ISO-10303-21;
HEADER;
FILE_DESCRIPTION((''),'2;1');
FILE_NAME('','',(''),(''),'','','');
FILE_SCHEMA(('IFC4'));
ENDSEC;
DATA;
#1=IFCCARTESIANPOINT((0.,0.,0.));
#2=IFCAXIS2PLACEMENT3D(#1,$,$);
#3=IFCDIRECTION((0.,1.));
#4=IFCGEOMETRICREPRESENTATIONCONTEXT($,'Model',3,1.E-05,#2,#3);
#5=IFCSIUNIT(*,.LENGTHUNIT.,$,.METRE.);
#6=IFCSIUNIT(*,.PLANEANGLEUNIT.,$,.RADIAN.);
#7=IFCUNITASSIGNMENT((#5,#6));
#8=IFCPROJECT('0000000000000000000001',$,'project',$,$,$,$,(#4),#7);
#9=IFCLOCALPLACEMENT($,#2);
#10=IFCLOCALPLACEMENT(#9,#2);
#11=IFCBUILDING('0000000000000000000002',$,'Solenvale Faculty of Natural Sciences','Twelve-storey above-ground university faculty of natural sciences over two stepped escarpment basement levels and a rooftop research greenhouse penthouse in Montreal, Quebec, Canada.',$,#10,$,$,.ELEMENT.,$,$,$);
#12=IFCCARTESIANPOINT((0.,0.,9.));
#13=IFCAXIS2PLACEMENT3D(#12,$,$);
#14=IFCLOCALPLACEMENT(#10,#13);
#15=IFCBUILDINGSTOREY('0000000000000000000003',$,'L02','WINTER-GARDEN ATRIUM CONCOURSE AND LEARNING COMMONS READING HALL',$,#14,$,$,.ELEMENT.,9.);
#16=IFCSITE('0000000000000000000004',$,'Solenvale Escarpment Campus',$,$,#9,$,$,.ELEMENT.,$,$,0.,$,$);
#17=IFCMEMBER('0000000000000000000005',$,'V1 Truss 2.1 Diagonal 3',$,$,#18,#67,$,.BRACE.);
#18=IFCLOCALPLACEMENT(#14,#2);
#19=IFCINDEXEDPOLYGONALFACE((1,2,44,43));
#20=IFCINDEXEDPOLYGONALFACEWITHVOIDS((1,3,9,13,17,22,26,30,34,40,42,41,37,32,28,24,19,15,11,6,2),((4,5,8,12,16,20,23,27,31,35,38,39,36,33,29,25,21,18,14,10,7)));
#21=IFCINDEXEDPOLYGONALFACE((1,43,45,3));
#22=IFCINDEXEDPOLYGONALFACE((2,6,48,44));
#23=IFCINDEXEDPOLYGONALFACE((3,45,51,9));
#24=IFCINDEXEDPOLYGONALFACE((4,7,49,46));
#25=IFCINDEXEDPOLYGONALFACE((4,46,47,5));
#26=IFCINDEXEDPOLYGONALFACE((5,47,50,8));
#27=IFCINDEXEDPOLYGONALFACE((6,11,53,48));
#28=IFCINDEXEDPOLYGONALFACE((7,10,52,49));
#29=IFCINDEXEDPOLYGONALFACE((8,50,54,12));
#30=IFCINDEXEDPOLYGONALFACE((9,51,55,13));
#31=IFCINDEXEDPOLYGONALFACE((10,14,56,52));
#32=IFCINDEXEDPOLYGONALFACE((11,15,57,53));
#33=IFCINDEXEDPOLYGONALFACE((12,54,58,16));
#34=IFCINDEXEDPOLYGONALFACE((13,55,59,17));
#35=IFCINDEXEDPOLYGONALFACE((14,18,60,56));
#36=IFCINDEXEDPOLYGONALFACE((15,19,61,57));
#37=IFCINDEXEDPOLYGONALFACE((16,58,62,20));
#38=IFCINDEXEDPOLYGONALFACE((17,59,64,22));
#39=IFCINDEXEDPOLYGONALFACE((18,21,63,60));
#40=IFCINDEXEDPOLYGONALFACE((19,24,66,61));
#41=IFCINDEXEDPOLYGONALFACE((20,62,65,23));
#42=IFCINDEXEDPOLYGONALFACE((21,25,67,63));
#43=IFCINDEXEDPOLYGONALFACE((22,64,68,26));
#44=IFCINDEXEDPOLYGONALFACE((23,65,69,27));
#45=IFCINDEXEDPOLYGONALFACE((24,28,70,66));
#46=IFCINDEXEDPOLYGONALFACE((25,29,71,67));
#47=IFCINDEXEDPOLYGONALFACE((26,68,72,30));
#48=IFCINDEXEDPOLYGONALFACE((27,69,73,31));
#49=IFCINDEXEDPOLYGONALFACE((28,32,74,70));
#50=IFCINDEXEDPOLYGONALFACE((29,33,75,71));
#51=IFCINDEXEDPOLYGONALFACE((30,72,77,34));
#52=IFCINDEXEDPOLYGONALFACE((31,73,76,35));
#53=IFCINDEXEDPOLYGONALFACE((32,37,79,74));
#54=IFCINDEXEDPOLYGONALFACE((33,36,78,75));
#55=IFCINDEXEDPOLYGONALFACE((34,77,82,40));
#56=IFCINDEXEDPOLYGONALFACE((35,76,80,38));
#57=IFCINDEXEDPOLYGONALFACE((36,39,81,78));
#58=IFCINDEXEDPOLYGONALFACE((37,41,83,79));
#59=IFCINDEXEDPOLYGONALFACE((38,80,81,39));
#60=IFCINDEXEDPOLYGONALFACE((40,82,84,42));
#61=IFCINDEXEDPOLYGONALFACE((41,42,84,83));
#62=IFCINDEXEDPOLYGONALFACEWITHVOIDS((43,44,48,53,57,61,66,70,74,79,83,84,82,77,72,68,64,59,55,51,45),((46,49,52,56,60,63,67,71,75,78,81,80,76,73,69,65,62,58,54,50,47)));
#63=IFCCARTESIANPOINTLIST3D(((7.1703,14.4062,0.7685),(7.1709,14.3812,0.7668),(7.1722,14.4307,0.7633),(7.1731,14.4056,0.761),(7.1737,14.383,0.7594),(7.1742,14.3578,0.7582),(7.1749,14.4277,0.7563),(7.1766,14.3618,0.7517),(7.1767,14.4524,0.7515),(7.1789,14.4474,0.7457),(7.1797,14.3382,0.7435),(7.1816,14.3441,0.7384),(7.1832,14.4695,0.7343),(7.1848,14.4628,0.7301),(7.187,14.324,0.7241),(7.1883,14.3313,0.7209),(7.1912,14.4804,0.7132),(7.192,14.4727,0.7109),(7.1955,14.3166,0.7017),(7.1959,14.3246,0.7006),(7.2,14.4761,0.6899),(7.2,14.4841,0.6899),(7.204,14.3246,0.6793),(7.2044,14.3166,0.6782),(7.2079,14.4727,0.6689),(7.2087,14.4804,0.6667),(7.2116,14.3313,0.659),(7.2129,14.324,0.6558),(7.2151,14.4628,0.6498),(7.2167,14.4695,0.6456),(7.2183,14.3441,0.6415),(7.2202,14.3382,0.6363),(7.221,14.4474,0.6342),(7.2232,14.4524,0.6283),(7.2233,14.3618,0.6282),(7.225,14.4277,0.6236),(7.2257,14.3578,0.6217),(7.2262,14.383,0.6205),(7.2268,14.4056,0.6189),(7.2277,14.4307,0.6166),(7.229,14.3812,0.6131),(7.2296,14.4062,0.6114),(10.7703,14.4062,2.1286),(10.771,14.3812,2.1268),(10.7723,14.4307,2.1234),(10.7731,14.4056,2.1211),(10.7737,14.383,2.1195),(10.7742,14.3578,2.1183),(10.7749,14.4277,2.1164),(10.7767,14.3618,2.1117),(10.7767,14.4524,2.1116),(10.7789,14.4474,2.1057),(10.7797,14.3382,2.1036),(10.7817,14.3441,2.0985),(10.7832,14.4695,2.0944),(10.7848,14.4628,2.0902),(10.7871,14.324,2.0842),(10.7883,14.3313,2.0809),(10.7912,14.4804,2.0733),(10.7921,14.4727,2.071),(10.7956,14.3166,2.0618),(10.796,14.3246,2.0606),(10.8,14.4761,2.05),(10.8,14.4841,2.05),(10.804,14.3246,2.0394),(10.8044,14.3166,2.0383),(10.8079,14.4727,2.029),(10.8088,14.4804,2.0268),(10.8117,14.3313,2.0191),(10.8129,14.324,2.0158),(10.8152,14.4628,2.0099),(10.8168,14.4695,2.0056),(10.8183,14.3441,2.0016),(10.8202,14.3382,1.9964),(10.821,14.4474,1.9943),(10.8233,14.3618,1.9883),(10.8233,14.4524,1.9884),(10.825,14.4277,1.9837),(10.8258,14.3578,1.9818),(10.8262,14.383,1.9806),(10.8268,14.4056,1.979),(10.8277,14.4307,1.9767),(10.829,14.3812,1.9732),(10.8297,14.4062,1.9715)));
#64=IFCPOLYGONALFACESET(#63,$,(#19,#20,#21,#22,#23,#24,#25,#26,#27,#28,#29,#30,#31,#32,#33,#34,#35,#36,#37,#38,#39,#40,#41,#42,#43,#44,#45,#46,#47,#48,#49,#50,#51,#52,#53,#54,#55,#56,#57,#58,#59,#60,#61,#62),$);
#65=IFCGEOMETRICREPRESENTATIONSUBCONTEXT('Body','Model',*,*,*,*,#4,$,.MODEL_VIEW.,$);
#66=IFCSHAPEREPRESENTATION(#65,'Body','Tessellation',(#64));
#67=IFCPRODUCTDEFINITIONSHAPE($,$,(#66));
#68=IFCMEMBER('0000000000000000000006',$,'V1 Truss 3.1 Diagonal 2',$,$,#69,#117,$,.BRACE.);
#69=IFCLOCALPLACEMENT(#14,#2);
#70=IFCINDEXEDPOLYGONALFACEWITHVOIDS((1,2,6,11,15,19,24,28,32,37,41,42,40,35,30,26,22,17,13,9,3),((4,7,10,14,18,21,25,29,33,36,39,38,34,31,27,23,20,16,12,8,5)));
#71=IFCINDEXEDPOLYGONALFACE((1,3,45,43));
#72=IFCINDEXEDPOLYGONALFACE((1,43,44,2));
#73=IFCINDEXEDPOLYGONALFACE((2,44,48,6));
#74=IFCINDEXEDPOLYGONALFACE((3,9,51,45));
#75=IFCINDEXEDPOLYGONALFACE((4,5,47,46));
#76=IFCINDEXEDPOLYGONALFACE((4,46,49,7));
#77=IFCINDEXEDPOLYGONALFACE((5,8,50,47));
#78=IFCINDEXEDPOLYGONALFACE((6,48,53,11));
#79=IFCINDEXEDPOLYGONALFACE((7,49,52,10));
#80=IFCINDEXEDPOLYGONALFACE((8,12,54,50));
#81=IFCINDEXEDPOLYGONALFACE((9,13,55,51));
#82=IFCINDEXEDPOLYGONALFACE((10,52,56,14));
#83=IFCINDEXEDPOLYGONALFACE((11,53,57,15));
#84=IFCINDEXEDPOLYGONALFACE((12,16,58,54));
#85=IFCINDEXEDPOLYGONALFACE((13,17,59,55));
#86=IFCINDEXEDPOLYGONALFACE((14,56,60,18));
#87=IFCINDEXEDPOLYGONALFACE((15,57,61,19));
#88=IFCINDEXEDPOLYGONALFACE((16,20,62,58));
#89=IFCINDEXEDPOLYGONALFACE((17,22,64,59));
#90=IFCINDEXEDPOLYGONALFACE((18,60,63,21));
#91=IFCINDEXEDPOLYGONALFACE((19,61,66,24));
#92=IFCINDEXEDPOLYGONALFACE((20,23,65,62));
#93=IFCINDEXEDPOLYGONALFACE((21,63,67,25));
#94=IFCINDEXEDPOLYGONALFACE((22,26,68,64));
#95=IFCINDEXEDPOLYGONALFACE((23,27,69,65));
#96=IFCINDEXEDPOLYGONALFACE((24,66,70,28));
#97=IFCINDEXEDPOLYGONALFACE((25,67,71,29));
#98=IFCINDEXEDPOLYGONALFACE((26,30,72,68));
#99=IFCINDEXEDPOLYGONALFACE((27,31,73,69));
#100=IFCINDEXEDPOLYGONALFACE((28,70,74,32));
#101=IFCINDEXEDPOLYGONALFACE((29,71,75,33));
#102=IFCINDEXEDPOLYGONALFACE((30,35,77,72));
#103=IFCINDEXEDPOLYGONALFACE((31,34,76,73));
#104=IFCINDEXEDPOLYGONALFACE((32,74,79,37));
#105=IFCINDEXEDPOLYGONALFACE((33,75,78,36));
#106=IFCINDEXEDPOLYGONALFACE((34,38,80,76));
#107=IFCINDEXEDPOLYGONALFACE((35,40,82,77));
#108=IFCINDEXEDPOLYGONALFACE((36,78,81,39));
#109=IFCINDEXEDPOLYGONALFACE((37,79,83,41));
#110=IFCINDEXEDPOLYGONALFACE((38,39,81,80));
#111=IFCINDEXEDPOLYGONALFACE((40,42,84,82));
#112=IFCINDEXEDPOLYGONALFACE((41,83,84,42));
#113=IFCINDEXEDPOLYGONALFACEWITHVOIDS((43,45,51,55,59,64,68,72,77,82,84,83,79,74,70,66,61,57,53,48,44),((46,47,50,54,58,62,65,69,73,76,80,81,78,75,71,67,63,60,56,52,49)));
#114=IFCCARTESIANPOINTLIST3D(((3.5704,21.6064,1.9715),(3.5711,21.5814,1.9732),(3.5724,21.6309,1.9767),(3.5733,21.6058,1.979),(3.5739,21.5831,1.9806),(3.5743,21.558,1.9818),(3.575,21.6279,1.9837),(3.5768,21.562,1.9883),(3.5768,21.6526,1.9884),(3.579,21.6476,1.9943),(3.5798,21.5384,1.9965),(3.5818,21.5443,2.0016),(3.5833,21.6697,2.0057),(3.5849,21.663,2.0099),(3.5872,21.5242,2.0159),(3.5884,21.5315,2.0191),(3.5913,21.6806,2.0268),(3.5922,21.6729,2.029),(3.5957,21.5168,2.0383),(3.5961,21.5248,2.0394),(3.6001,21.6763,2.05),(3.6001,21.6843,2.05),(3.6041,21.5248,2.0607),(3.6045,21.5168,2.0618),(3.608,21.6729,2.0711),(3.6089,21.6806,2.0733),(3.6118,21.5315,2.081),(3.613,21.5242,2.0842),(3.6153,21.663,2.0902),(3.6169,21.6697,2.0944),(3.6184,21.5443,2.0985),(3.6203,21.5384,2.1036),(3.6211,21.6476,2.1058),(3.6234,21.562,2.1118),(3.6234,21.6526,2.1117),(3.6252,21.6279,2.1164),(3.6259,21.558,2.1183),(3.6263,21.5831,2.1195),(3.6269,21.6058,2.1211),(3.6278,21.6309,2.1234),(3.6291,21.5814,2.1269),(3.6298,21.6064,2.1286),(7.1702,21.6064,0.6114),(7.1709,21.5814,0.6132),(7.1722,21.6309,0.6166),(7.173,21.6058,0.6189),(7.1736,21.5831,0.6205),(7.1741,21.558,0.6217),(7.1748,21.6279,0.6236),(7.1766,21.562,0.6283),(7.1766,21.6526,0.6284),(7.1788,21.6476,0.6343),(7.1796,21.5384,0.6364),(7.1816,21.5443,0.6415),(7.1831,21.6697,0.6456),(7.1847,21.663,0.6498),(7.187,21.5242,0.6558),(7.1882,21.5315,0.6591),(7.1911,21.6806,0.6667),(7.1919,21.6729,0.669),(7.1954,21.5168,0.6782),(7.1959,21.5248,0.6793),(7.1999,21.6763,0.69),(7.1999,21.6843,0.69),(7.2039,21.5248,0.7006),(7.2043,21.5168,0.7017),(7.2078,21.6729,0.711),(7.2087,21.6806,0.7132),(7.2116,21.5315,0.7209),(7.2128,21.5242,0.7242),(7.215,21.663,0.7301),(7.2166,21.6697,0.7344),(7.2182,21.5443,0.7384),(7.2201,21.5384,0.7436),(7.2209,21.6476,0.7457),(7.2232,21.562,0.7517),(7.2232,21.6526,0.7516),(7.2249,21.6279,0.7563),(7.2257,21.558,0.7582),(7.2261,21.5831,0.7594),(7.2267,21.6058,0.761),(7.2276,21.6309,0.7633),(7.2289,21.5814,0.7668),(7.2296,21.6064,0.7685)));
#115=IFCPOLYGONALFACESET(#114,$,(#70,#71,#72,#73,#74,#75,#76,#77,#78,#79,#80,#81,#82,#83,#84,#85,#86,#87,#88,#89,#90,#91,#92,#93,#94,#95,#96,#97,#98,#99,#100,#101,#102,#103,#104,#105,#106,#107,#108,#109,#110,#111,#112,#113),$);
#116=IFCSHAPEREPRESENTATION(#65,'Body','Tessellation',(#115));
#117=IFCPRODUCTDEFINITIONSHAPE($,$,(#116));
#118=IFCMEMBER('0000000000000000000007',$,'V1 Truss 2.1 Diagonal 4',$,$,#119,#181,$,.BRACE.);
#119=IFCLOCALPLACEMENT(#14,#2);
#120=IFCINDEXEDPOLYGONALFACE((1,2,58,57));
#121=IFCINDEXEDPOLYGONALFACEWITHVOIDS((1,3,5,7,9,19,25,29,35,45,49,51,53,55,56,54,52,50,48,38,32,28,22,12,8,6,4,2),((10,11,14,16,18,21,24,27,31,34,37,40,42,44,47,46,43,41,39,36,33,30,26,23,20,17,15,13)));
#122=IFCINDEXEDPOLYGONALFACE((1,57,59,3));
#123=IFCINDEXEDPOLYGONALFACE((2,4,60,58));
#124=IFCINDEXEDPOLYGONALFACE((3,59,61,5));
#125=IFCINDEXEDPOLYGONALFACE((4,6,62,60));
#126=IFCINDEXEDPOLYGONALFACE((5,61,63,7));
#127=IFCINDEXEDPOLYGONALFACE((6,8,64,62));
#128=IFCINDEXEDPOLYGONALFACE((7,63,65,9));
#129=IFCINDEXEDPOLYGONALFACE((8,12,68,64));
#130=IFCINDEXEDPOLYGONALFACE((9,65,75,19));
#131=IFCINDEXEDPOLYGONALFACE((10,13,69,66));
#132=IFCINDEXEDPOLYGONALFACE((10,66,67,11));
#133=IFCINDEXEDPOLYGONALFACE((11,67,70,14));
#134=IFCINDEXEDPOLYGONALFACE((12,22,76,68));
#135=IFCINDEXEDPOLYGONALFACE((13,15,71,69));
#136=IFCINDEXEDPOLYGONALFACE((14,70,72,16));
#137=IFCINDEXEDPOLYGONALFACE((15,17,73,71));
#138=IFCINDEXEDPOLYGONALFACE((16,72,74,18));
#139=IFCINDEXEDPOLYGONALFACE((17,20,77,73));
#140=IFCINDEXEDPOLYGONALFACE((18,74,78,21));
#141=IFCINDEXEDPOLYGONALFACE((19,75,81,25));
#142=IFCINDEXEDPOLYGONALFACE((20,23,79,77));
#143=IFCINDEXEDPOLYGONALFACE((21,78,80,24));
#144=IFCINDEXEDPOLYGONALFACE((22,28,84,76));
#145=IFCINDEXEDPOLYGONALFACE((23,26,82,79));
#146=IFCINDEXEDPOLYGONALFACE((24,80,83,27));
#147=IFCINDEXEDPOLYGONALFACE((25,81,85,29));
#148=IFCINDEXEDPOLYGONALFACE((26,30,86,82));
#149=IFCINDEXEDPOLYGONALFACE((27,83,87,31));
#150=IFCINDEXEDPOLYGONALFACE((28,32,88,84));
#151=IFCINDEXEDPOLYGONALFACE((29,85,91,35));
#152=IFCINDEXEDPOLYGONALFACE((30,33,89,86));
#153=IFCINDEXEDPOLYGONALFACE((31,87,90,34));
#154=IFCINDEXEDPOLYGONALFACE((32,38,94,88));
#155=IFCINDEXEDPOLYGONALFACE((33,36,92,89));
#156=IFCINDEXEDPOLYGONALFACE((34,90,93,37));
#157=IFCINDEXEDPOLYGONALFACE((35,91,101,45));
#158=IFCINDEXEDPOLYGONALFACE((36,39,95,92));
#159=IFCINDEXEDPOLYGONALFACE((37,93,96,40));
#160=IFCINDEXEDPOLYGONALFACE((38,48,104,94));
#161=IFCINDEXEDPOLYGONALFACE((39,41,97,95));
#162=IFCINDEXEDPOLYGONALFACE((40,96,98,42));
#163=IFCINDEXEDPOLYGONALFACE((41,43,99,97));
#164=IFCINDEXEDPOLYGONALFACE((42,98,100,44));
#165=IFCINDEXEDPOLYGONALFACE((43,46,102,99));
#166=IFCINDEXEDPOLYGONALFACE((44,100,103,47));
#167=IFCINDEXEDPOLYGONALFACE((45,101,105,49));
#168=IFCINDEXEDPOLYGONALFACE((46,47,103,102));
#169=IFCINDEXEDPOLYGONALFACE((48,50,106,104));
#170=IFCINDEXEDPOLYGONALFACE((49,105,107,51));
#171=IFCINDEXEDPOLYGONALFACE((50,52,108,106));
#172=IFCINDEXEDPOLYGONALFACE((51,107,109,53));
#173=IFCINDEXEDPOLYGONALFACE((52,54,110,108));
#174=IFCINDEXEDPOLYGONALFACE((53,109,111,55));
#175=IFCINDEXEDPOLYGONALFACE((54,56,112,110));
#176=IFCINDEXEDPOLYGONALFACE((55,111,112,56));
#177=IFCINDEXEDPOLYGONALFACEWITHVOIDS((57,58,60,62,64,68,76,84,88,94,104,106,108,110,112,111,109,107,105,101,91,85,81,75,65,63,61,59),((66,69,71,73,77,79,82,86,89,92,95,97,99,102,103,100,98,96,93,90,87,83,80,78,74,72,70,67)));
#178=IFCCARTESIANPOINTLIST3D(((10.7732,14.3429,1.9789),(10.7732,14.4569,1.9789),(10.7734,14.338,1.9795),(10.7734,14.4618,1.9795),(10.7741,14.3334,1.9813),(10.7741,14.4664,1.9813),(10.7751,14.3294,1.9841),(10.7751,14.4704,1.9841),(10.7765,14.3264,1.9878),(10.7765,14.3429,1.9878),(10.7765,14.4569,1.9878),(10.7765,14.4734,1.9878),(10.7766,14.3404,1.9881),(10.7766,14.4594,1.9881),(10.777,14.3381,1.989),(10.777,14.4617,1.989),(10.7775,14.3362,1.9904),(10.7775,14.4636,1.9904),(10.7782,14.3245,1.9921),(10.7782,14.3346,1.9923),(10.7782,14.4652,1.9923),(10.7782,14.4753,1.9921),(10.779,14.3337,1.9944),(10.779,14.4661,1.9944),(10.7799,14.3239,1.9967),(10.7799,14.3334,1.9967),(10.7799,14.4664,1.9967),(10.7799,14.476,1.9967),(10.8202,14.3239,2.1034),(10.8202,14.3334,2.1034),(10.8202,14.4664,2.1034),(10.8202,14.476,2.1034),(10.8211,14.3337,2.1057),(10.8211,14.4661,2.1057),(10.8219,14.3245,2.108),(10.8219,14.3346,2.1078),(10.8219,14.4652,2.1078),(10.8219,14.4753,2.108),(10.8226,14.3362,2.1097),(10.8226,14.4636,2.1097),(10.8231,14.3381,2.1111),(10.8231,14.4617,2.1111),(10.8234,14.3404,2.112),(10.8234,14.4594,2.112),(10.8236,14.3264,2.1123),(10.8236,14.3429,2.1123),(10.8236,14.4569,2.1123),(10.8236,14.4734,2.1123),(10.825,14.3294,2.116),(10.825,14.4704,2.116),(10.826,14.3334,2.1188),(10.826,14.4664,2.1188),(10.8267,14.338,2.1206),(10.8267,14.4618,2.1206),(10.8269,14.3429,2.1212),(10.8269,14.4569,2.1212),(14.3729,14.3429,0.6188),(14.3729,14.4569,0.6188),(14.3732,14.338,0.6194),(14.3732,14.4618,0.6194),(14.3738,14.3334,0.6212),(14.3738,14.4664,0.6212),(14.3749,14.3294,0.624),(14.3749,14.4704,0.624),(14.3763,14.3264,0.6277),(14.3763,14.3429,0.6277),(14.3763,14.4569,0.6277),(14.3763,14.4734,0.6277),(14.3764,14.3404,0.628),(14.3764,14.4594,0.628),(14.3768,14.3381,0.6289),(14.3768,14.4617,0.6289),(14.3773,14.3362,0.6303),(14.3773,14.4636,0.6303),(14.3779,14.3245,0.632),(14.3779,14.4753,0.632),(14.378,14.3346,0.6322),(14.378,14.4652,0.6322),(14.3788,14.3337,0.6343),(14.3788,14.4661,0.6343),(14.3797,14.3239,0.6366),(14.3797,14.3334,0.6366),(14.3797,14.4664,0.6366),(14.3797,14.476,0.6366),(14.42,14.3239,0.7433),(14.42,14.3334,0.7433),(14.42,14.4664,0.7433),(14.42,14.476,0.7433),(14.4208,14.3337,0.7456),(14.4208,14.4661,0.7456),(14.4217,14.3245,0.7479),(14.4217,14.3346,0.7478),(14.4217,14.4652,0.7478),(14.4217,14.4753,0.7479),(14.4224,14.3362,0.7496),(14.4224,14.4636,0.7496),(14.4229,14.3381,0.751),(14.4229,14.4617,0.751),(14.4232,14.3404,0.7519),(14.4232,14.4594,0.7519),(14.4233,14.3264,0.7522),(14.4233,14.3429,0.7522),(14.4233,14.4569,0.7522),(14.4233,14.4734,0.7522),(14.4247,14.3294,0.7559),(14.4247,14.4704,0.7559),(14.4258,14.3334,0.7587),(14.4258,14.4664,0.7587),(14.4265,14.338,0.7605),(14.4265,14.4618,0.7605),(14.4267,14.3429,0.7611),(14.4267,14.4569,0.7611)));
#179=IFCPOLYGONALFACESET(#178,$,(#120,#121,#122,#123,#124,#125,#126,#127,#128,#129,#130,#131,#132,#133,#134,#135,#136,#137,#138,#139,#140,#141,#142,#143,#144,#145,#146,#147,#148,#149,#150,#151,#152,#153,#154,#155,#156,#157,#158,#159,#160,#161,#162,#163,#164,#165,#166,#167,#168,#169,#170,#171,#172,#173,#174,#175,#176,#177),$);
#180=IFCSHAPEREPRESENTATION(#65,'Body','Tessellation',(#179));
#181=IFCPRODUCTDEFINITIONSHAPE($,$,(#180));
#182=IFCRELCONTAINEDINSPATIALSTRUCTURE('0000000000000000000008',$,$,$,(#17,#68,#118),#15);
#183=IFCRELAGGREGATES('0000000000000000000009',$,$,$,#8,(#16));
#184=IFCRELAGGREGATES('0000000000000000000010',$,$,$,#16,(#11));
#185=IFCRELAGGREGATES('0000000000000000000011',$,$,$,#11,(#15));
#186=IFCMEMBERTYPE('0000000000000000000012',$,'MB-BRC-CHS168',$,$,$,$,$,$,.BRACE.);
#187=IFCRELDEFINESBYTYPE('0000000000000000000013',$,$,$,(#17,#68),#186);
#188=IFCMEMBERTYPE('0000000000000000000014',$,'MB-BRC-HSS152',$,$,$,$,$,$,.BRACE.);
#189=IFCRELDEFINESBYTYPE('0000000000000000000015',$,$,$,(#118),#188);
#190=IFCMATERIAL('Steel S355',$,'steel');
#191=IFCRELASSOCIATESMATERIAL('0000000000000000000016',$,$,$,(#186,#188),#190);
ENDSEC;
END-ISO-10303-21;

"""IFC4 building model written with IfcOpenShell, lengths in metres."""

from ifc_helpers import new_model, si_unit, direction, frame, origin, origin_2d, place, context, subcontext, project, spatial, hollow_rectangle, hollow_circle, extrude, material, material_profile, profile_set, type_object, element, save


model = new_model("IFC4")

# Units and contexts
model_context = context("Model", 3, precision=1e-05, world=origin(), true_north=direction((0.0, 1.0)))
body_context = subcontext(model_context, "Body", "Model", "MODEL_VIEW")
ifc_project = project(units=[si_unit("LENGTHUNIT", "METRE"), si_unit("PLANEANGLEUNIT", "RADIAN")], contexts=[model_context])

# Site, building, storey
site_placement = place(None, origin())
site = spatial("IfcSite", under=ifc_project, at=site_placement, Name="Solenvale Escarpment Campus", CompositionType="ELEMENT", RefElevation=0.0)
building_placement = place(site_placement, origin())
building = spatial("IfcBuilding", under=site, at=building_placement, Name="Solenvale Faculty of Natural Sciences", Description="Twelve-storey above-ground university faculty of natural sciences over two stepped escarpment basement levels and a rooftop research greenhouse penthouse in Montreal, Quebec, Canada.", CompositionType="ELEMENT")
storey_placement = place(building_placement, frame((0.0, 0.0, 9.0)))
storey = spatial("IfcBuildingStorey", under=building, at=storey_placement, Name="L02", Description="WINTER-GARDEN ATRIUM CONCOURSE AND LEARNING COMMONS READING HALL", CompositionType="ELEMENT", Elevation=9.0)

# Members
ifc_material_1 = material(Name="Steel S355", Category="steel")
ifc_material_profile_1 = material_profile(ifc_material_1, hollow_circle(Radius=0.0842, WallThickness=0.0081, at=origin_2d()), Name="HSS168x8.0")
ifc_profile_set_1 = profile_set([ifc_material_profile_1], Name="Steel S355")
member_type_1 = type_object("IfcMemberType", Name="MB-BRC-CHS168", PredefinedType="BRACE", material=ifc_profile_set_1)
member_1_placement = place(storey_placement, frame((7.2, 14.3999, 0.6899), z_axis=(0.935466, 0.0, 0.353417), x_axis=(0.0, 1.0, 0.0)))
element("IfcMember", 1, at=member_1_placement, inside=storey, type_object=member_type_1, Name="V1 Truss 2.1 Diagonal 3", PredefinedType="BRACE", context=body_context, shape_type="SweptSolid", body=[
    extrude(hollow_circle(Radius=0.0842, WallThickness=0.0081, at=origin_2d()), origin(), (0.0, 0.0, 1.0), 3.8484),
])
member_2_placement = place(storey_placement, frame((3.6001, 21.6001, 2.05), z_axis=(0.935458, 0.0, -0.353438), x_axis=(0.0, 1.0, 0.0)))
element("IfcMember", 2, at=member_2_placement, inside=storey, type_object=member_type_1, Name="V1 Truss 3.1 Diagonal 2", PredefinedType="BRACE", context=body_context, shape_type="SweptSolid", body=[
    extrude(hollow_circle(Radius=0.0842, WallThickness=0.0081, at=origin_2d()), origin(), (0.0, 0.0, 1.0), 3.8481),
])
ifc_material_profile_2 = material_profile(ifc_material_1, hollow_rectangle(XDim=0.1521, YDim=0.1521, WallThickness=0.0095, InnerFilletRadius=0.0095, OuterFilletRadius=0.019, at=origin_2d()), Name="HSS152x152x9.5")
ifc_profile_set_2 = profile_set([ifc_material_profile_2], Name="Steel S355")
member_type_2 = type_object("IfcMemberType", Name="MB-BRC-HSS152", PredefinedType="BRACE", material=ifc_profile_set_2)
member_3_placement = place(storey_placement, frame((10.8, 14.3999, 2.05), z_axis=(0.935458, 0.0, -0.353438), x_axis=(0.0, 1.0, 0.0)))
element("IfcMember", 3, at=member_3_placement, inside=storey, type_object=member_type_2, Name="V1 Truss 2.1 Diagonal 4", PredefinedType="BRACE", context=body_context, shape_type="SweptSolid", body=[
    extrude(hollow_rectangle(XDim=0.1521, YDim=0.1521, WallThickness=0.0095, InnerFilletRadius=0.0095, OuterFilletRadius=0.019, at=origin_2d()), origin(), (0.0, 0.0, 1.0), 3.8481),
])

save(model, "model.ifc")
